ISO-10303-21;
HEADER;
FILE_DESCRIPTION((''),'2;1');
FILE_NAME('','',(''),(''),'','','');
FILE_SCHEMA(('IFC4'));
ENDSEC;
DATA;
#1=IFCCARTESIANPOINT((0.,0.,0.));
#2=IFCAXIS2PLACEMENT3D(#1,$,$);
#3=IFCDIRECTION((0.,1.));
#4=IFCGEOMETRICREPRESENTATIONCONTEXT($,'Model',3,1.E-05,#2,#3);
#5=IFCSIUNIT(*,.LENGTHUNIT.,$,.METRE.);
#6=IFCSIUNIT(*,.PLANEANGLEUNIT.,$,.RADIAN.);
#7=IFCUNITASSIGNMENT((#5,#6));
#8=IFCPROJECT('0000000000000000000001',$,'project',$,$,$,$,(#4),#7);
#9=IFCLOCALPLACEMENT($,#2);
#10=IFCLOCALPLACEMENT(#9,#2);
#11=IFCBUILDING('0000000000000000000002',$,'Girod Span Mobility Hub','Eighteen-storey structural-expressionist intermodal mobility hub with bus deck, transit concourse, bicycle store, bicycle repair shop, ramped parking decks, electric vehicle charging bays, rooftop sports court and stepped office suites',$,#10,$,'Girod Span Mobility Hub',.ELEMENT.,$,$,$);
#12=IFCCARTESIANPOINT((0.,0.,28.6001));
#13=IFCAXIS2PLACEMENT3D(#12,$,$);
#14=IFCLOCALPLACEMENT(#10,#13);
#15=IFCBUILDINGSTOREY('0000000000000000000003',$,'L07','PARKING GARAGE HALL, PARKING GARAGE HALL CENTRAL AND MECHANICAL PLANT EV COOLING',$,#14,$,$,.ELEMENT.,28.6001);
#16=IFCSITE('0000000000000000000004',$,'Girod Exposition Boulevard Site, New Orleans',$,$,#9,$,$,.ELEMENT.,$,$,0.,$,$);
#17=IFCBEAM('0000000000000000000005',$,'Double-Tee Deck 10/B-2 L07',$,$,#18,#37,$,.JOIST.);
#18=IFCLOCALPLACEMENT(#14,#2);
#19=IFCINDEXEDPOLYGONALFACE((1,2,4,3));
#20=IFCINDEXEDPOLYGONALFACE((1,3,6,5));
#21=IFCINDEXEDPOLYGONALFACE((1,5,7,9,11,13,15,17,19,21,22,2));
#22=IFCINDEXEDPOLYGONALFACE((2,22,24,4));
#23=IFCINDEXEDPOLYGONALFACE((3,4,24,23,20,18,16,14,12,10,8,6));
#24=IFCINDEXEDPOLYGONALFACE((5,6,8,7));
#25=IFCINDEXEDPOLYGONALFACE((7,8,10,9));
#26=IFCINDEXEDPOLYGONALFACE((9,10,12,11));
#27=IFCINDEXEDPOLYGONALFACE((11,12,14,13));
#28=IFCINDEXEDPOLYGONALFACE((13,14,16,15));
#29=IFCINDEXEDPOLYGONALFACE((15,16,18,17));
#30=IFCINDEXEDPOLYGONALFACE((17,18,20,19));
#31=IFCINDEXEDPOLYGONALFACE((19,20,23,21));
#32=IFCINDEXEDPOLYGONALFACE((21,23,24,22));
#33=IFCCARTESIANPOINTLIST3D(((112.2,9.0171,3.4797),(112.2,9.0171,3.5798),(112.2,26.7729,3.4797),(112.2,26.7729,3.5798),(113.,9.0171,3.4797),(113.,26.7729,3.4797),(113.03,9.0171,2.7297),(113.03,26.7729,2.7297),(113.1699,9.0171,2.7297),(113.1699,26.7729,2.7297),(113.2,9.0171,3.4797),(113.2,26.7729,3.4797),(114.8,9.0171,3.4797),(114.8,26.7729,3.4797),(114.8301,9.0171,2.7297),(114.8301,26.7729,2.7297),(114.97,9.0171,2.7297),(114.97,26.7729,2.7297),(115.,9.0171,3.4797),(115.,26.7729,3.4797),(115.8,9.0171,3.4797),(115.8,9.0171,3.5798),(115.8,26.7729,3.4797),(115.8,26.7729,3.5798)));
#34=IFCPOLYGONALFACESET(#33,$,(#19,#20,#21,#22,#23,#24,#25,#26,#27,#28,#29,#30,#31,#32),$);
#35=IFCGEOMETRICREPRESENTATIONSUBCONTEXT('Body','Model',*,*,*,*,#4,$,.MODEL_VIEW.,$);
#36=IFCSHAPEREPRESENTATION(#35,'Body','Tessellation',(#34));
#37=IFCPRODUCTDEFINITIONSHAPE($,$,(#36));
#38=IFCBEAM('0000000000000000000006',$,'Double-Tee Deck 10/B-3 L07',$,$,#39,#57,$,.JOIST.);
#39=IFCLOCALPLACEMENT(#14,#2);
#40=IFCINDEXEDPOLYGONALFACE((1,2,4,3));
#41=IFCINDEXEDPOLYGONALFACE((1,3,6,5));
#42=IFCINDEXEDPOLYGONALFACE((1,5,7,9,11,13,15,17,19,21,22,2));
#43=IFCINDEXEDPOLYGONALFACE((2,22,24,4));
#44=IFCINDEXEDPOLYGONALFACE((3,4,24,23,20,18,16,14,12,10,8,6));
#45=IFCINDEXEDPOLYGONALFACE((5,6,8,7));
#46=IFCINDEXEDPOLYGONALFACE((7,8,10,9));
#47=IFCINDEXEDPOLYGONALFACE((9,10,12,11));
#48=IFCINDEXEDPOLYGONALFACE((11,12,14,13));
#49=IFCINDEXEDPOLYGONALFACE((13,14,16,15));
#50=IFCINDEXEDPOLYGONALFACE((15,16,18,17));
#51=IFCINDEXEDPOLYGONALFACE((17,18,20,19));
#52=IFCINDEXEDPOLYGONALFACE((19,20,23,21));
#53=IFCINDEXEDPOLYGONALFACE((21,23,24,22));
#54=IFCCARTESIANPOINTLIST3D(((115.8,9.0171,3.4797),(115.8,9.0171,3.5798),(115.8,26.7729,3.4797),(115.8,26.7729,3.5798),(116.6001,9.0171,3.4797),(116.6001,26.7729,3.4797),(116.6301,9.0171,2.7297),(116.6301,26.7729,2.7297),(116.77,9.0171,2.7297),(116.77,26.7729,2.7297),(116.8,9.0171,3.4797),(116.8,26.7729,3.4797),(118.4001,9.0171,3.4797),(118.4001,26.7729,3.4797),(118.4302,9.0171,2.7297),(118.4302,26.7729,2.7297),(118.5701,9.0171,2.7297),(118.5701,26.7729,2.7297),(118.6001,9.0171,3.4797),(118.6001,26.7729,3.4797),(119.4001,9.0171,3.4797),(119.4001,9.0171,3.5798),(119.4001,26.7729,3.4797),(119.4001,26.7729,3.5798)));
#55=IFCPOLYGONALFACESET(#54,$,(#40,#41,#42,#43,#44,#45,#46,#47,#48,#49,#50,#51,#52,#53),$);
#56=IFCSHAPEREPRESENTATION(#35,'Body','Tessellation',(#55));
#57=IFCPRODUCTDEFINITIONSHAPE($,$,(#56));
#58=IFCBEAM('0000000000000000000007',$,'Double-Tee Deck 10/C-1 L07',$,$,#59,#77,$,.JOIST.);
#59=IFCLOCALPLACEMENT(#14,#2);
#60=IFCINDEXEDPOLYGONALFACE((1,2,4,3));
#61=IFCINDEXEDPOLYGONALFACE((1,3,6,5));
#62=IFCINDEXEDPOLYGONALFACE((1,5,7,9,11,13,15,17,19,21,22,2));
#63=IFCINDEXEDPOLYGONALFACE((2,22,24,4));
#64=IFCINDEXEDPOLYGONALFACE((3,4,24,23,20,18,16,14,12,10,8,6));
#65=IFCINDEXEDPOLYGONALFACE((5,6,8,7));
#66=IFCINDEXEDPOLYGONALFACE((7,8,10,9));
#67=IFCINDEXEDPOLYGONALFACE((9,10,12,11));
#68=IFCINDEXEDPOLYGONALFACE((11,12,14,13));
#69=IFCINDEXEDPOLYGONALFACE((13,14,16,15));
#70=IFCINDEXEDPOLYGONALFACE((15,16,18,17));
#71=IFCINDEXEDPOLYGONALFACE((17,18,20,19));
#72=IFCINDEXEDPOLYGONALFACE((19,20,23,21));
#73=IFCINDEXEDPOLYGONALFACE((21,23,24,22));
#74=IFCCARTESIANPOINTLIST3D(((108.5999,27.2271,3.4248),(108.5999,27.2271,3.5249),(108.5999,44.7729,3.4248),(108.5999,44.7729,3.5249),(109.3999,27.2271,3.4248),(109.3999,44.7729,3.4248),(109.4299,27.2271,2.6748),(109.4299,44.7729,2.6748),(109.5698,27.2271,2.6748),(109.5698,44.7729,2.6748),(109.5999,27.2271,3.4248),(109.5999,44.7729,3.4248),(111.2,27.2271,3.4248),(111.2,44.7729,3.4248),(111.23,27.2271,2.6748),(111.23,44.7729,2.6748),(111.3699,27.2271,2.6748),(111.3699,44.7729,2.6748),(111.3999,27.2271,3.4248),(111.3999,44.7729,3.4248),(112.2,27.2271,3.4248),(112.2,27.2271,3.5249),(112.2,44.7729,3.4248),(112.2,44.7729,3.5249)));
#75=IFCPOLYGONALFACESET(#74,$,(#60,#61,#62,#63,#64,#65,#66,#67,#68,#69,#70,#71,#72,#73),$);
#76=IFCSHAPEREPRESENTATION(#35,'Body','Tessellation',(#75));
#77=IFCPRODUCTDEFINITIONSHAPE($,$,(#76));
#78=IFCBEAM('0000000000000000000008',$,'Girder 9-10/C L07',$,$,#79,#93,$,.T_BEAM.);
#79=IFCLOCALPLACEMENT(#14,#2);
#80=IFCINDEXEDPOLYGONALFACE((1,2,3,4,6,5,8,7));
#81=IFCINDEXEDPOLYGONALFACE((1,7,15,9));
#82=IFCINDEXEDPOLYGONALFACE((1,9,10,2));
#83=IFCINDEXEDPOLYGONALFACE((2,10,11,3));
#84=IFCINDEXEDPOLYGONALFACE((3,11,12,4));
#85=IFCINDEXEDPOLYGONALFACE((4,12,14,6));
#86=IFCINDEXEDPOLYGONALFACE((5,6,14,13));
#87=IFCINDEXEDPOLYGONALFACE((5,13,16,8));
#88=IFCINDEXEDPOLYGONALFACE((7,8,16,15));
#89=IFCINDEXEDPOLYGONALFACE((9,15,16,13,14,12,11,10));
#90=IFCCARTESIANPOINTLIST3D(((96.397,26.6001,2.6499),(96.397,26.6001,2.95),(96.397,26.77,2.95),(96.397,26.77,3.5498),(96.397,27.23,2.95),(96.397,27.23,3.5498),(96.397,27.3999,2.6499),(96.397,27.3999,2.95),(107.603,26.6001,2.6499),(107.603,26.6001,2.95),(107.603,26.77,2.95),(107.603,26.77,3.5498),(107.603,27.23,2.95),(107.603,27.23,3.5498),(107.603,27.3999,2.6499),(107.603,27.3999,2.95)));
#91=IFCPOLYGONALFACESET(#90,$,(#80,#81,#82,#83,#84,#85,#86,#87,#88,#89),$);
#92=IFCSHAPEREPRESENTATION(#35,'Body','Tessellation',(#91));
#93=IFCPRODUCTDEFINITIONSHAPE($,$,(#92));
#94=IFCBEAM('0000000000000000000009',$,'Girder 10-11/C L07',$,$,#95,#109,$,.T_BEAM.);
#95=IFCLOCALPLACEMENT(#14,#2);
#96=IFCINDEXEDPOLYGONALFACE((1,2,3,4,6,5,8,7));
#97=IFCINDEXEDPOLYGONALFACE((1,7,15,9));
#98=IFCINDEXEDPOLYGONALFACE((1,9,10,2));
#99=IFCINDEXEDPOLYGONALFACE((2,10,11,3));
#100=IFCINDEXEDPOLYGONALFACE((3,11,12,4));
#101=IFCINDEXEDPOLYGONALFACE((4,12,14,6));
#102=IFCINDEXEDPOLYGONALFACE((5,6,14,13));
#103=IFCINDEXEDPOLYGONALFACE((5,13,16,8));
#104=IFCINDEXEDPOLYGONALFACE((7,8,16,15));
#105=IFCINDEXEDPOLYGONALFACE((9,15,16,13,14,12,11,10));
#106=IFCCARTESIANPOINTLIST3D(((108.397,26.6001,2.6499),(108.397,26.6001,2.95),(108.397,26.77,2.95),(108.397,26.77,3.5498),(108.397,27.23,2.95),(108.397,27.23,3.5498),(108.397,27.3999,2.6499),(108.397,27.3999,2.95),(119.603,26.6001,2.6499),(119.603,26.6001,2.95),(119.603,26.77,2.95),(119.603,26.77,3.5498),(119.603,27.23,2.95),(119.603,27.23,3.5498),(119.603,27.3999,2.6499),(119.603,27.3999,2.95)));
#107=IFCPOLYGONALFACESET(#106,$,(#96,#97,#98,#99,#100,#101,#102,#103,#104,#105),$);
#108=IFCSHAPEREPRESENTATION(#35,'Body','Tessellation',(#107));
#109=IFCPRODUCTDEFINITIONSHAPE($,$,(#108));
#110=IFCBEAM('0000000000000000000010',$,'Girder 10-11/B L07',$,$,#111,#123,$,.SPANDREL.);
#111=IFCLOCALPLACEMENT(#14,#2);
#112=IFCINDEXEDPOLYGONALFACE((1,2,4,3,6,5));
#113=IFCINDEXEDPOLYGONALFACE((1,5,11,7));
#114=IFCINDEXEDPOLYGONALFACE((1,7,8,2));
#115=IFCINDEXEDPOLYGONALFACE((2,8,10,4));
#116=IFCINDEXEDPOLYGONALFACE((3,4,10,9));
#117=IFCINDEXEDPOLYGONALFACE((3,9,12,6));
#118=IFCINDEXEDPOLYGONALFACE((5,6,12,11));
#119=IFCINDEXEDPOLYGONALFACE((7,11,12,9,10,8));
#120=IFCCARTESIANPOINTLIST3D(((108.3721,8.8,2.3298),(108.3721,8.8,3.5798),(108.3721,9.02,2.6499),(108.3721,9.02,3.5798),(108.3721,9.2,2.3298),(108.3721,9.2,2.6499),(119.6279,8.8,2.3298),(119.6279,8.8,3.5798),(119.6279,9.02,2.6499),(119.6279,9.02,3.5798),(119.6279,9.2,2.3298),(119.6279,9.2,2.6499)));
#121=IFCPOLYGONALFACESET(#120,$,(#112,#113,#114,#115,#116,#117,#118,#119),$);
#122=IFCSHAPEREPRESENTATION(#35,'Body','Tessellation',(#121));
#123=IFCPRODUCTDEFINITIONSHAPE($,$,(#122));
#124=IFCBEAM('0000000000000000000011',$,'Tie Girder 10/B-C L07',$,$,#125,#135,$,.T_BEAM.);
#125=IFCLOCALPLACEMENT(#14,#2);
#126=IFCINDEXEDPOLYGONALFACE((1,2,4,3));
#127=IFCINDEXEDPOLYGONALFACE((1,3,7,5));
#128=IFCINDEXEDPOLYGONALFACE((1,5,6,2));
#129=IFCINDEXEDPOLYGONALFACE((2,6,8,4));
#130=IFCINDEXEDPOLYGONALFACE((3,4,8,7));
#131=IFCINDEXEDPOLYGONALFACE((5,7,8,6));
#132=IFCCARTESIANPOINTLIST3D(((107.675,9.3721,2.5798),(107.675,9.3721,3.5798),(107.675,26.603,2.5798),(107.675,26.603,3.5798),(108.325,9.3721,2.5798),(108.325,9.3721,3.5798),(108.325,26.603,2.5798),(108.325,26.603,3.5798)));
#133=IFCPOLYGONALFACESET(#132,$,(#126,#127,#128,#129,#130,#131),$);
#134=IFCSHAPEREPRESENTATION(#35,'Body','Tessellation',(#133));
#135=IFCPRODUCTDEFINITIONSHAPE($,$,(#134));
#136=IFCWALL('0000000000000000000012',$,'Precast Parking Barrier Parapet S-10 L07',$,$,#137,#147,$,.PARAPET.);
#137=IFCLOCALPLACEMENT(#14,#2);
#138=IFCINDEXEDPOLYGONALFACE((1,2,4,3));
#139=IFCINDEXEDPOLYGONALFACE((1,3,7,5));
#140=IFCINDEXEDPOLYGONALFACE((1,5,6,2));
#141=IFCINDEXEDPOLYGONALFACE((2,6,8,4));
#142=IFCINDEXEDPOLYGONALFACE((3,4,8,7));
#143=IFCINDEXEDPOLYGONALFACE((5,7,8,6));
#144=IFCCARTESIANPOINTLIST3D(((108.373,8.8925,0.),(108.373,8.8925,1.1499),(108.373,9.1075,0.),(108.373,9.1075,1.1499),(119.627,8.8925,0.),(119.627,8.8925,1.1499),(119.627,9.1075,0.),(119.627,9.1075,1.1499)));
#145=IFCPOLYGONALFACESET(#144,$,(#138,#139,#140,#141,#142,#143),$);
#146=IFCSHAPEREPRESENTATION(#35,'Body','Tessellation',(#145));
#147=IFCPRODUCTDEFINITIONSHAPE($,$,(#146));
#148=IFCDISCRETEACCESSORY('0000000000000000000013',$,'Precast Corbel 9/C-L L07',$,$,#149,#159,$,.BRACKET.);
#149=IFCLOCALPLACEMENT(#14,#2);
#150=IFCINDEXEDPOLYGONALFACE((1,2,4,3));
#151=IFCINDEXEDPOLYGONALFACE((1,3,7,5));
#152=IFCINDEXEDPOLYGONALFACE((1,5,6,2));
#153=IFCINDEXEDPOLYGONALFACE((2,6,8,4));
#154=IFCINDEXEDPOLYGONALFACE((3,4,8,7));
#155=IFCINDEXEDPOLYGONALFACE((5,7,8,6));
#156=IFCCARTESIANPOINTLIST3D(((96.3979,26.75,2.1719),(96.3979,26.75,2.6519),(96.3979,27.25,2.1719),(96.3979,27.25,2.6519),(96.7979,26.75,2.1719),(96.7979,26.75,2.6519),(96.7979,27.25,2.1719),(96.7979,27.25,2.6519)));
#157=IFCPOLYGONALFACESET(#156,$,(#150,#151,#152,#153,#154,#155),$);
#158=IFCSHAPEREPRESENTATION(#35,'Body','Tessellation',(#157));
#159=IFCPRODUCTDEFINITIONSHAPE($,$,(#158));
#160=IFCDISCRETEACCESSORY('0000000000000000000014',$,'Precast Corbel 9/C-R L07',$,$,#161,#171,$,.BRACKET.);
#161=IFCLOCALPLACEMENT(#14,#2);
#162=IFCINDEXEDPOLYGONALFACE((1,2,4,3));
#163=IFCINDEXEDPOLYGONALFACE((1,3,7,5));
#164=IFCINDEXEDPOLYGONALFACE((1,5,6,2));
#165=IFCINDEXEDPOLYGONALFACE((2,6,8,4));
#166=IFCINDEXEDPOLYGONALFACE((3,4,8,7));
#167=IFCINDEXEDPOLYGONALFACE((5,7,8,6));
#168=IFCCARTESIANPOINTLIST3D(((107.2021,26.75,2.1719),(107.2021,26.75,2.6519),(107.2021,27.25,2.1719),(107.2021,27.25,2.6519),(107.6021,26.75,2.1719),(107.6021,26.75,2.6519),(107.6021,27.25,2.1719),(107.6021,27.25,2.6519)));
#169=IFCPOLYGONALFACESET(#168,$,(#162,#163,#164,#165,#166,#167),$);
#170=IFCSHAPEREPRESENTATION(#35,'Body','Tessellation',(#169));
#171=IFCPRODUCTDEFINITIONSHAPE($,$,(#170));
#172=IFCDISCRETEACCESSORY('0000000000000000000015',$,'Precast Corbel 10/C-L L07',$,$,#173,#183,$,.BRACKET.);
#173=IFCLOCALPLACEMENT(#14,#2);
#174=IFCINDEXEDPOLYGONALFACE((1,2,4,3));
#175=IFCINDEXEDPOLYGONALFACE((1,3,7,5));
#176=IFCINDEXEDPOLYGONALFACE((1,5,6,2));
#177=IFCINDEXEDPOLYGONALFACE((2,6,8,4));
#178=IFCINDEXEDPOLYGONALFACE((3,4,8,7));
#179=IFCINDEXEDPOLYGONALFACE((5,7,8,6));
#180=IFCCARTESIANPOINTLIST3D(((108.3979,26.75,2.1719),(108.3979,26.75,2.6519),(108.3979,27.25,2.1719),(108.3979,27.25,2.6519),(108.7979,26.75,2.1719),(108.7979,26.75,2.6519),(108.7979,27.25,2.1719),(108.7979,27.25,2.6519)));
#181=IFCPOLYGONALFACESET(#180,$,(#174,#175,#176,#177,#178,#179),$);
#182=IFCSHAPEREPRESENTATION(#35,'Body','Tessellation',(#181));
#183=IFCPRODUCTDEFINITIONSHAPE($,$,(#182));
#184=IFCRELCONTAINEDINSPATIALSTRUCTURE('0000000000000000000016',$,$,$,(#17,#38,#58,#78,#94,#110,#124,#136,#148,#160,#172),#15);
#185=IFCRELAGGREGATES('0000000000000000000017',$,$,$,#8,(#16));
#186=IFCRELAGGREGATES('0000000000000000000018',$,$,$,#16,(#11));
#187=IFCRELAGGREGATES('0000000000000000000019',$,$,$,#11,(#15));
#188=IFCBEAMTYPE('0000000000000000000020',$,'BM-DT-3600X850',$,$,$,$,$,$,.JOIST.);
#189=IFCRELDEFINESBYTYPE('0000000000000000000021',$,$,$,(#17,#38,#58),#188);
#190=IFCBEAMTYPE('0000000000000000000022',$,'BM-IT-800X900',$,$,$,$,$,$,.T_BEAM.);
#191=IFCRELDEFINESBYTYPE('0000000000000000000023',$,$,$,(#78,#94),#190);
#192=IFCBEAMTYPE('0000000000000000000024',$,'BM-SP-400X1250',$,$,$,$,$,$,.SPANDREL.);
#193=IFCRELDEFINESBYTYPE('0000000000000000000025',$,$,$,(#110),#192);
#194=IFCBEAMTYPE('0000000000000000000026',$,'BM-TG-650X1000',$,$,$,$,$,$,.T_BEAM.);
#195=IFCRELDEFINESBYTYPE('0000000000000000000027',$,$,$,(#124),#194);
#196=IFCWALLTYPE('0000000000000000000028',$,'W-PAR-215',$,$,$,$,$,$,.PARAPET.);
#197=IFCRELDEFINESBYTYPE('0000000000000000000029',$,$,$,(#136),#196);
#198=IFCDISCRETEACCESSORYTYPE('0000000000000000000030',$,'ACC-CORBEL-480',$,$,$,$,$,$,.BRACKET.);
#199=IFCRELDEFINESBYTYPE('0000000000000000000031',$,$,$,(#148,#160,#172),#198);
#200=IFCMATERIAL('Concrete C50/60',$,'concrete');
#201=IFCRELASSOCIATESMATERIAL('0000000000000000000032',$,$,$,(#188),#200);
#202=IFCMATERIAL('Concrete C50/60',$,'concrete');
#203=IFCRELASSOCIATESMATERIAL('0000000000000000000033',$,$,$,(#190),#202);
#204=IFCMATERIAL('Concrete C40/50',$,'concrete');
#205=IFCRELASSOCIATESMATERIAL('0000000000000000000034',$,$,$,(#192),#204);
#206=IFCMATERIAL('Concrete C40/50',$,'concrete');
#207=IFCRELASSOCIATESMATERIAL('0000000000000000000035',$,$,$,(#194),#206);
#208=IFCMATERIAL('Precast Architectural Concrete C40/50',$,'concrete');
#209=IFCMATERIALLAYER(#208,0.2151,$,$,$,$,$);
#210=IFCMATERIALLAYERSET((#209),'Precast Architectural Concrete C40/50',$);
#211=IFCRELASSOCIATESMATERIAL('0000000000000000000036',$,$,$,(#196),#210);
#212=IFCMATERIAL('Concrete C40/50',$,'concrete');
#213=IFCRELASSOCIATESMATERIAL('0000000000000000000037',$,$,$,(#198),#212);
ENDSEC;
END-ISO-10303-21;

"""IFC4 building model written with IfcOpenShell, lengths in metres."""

from ifc_helpers import new_model, si_unit, direction, frame, frame_2d, origin, origin_2d, place, context, subcontext, project, spatial, polyline, rectangle, outline, extrude, material, layer, layer_set, material_profile, profile_set, type_object, element, save


model = new_model("IFC4")

# Units and contexts
model_context = context("Model", 3, precision=1e-05, world=origin(), true_north=direction((0.0, 1.0)))
body_context = subcontext(model_context, "Body", "Model", "MODEL_VIEW")
ifc_project = project(units=[si_unit("LENGTHUNIT", "METRE"), si_unit("PLANEANGLEUNIT", "RADIAN")], contexts=[model_context])

# Site, building, storey
site_placement = place(None, origin())
site = spatial("IfcSite", under=ifc_project, at=site_placement, Name="Girod Exposition Boulevard Site, New Orleans", CompositionType="ELEMENT", RefElevation=0.0)
building_placement = place(site_placement, origin())
building = spatial("IfcBuilding", under=site, at=building_placement, Name="Girod Span Mobility Hub", Description="Eighteen-storey structural-expressionist intermodal mobility hub with bus deck, transit concourse, bicycle store, bicycle repair shop, ramped parking decks, electric vehicle charging bays, rooftop sports court and stepped office suites", LongName="Girod Span Mobility Hub", CompositionType="ELEMENT")
storey_placement = place(building_placement, frame((0.0, 0.0, 28.6001)))
storey = spatial("IfcBuildingStorey", under=building, at=storey_placement, Name="L07", Description="PARKING GARAGE HALL, PARKING GARAGE HALL CENTRAL AND MECHANICAL PLANT EV COOLING", CompositionType="ELEMENT", Elevation=28.6001)

# Beams
ifc_material_1 = material(Name="Concrete C50/60", Category="concrete")
ifc_material_profile_1 = material_profile(ifc_material_1, outline(polyline([(-1.8, 0.425), (-1.8, 0.325), (-1.0, 0.325), (-0.97, -0.425), (-0.8301, -0.425), (-0.8, 0.325), (0.8, 0.325), (0.8301, -0.425), (0.97, -0.425), (1.0, 0.325), (1.8, 0.325), (1.8, 0.425), (-1.8, 0.425)])), Name="DT-3600X850")
ifc_profile_set_1 = profile_set([ifc_material_profile_1], Name="Concrete C50/60")
beam_type_1 = type_object("IfcBeamType", Name="BM-DT-3600X850", PredefinedType="JOIST", material=ifc_profile_set_1)
for number, where, z_axis, x_axis, name in (
    (1, (114.0, 9.0171, 3.1548), (0.0, 1.0, 0.0), (-1.0, 0.0, 0.0), "Double-Tee Deck 10/B-2 L07"),
    (2, (117.6001, 9.0171, 3.1548), (0.0, 1.0, 0.0), (-1.0, 0.0, 0.0), "Double-Tee Deck 10/B-3 L07"),
):
    element("IfcBeam", number, at=place(storey_placement, frame(where, z_axis=z_axis, x_axis=x_axis)), inside=storey, type_object=beam_type_1, Name=name, PredefinedType="JOIST", context=body_context, shape_type="SweptSolid", body=[
        extrude(outline(polyline([(-1.8, 0.425), (-1.8, 0.325), (-1.0, 0.325), (-0.97, -0.425), (-0.8301, -0.425), (-0.8, 0.325), (0.8, 0.325), (0.8301, -0.425), (0.97, -0.425), (1.0, 0.325), (1.8, 0.325), (1.8, 0.425), (-1.8, 0.425)])), origin(), (0.0, 0.0, 1.0), 17.7559),
    ])
beam_1_placement = place(storey_placement, frame((110.3999, 27.2271, 3.0999), z_axis=(0.0, 1.0, 0.0), x_axis=(-1.0, 0.0, 0.0)))
element("IfcBeam", 3, at=beam_1_placement, inside=storey, type_object=beam_type_1, Name="Double-Tee Deck 10/C-1 L07", PredefinedType="JOIST", context=body_context, shape_type="SweptSolid", body=[
    extrude(outline(polyline([(-1.8, 0.425), (-1.8, 0.325), (-1.0, 0.325), (-0.97, -0.425), (-0.8301, -0.425), (-0.8, 0.325), (0.8, 0.325), (0.8301, -0.425), (0.97, -0.425), (1.0, 0.325), (1.8, 0.325), (1.8, 0.425), (-1.8, 0.425)])), origin(), (0.0, 0.0, 1.0), 17.5459),
])
ifc_material_2 = material(Name="Concrete C50/60", Category="concrete")
ifc_material_profile_2 = material_profile(ifc_material_2, outline(polyline([(-0.3999, -0.45), (0.3999, -0.45), (0.3999, -0.1499), (0.23, -0.1499), (0.23, 0.45), (-0.23, 0.45), (-0.23, -0.1499), (-0.3999, -0.1499), (-0.3999, -0.45)])), Name="IT-800X900")
ifc_profile_set_2 = profile_set([ifc_material_profile_2], Name="Concrete C50/60")
beam_type_2 = type_object("IfcBeamType", Name="BM-IT-800X900", PredefinedType="T_BEAM", material=ifc_profile_set_2)
for number, where, z_axis, x_axis, name in (
    (4, (96.397, 27.0, 3.0999), (1.0, 0.0, 0.0), (0.0, 1.0, 0.0), "Girder 9-10/C L07"),
    (5, (108.397, 27.0, 3.0999), (1.0, 0.0, 0.0), (0.0, 1.0, 0.0), "Girder 10-11/C L07"),
):
    element("IfcBeam", number, at=place(storey_placement, frame(where, z_axis=z_axis, x_axis=x_axis)), inside=storey, type_object=beam_type_2, Name=name, PredefinedType="T_BEAM", context=body_context, shape_type="SweptSolid", body=[
        extrude(outline(polyline([(-0.3999, -0.45), (0.3999, -0.45), (0.3999, -0.1499), (0.23, -0.1499), (0.23, 0.45), (-0.23, 0.45), (-0.23, -0.1499), (-0.3999, -0.1499), (-0.3999, -0.45)])), origin(), (0.0, 0.0, 1.0), 11.2061),
    ])
ifc_material_3 = material(Name="Concrete C40/50", Category="concrete")
ifc_material_profile_3 = material_profile(ifc_material_3, outline(polyline([(-0.2, -0.625), (0.2, -0.625), (0.2, -0.3049), (0.02, -0.3049), (0.02, 0.625), (-0.2, 0.625), (-0.2, -0.625)])), Name="SP-400X1250")
ifc_profile_set_3 = profile_set([ifc_material_profile_3], Name="Concrete C40/50")
beam_type_3 = type_object("IfcBeamType", Name="BM-SP-400X1250", PredefinedType="SPANDREL", material=ifc_profile_set_3)
beam_2_placement = place(storey_placement, frame((108.3721, 9.0, 2.9548), z_axis=(1.0, 0.0, 0.0), x_axis=(0.0, 1.0, 0.0)))
element("IfcBeam", 6, at=beam_2_placement, inside=storey, type_object=beam_type_3, Name="Girder 10-11/B L07", PredefinedType="SPANDREL", context=body_context, shape_type="SweptSolid", body=[
    extrude(outline(polyline([(-0.2, -0.625), (0.2, -0.625), (0.2, -0.3049), (0.02, -0.3049), (0.02, 0.625), (-0.2, 0.625), (-0.2, -0.625)])), origin(), (0.0, 0.0, 1.0), 11.2559),
])
ifc_material_4 = material(Name="Concrete C40/50", Category="concrete")
ifc_material_profile_4 = material_profile(ifc_material_4, rectangle(XDim=0.6499, YDim=1.0, at=origin_2d()), Name="TG-650X1000")
ifc_profile_set_4 = profile_set([ifc_material_profile_4], Name="Concrete C40/50")
beam_type_4 = type_object("IfcBeamType", Name="BM-TG-650X1000", PredefinedType="T_BEAM", material=ifc_profile_set_4)
beam_3_placement = place(storey_placement, frame((108.0, 9.3721, 3.0798), z_axis=(0.0, 1.0, 0.0), x_axis=(-1.0, 0.0, 0.0)))
element("IfcBeam", 7, at=beam_3_placement, inside=storey, type_object=beam_type_4, Name="Tie Girder 10/B-C L07", PredefinedType="T_BEAM", context=body_context, shape_type="SweptSolid", body=[
    extrude(rectangle(XDim=0.6499, YDim=1.0, at=origin_2d()), origin(), (0.0, 0.0, 1.0), 17.231),
])

# Wall
ifc_material_5 = material(Name="Precast Architectural Concrete C40/50", Category="concrete")
ifc_layer = layer(ifc_material_5, 0.2151)
ifc_layer_set = layer_set([ifc_layer], Name="Precast Architectural Concrete C40/50")
wall_type = type_object("IfcWallType", Name="W-PAR-215", PredefinedType="PARAPET", material=ifc_layer_set)
wall_placement = place(storey_placement, frame((108.373, 9.0, 0.0), z_axis=(0.0, 0.0, 1.0), x_axis=(1.0, 0.0, 0.0)))
element("IfcWall", 8, at=wall_placement, inside=storey, type_object=wall_type, Name="Precast Parking Barrier Parapet S-10 L07", PredefinedType="PARAPET", context=body_context, shape_type="SweptSolid", body=[
    extrude(rectangle(XDim=11.2539, YDim=0.2151, at=frame_2d((5.627, 0.0))), origin(), (0.0, 0.0, 1.0), 1.1499),
])

# Discrete accessories
ifc_material_6 = material(Name="Concrete C40/50", Category="concrete")
discrete_accessory_type = type_object("IfcDiscreteAccessoryType", Name="ACC-CORBEL-480", PredefinedType="BRACKET", material=ifc_material_6)
for number, where, z_axis, x_axis, name in (
    (9, (96.5979, 27.0, 2.1719), (0.0, 0.0, 1.0), (1.0, 0.0, 0.0), "Precast Corbel 9/C-L L07"),
    (10, (107.4021, 27.0, 2.1719), (0.0, 0.0, 1.0), (1.0, 0.0, 0.0), "Precast Corbel 9/C-R L07"),
    (11, (108.5979, 27.0, 2.1719), (0.0, 0.0, 1.0), (1.0, 0.0, 0.0), "Precast Corbel 10/C-L L07"),
):
    element("IfcDiscreteAccessory", number, at=place(storey_placement, frame(where, z_axis=z_axis, x_axis=x_axis)), inside=storey, type_object=discrete_accessory_type, Name=name, PredefinedType="BRACKET", context=body_context, shape_type="SweptSolid", body=[
        extrude(rectangle(XDim=0.3999, YDim=0.5, at=origin_2d()), origin(), (0.0, 0.0, 1.0), 0.48),
    ])

save(model, "model.ifc")
